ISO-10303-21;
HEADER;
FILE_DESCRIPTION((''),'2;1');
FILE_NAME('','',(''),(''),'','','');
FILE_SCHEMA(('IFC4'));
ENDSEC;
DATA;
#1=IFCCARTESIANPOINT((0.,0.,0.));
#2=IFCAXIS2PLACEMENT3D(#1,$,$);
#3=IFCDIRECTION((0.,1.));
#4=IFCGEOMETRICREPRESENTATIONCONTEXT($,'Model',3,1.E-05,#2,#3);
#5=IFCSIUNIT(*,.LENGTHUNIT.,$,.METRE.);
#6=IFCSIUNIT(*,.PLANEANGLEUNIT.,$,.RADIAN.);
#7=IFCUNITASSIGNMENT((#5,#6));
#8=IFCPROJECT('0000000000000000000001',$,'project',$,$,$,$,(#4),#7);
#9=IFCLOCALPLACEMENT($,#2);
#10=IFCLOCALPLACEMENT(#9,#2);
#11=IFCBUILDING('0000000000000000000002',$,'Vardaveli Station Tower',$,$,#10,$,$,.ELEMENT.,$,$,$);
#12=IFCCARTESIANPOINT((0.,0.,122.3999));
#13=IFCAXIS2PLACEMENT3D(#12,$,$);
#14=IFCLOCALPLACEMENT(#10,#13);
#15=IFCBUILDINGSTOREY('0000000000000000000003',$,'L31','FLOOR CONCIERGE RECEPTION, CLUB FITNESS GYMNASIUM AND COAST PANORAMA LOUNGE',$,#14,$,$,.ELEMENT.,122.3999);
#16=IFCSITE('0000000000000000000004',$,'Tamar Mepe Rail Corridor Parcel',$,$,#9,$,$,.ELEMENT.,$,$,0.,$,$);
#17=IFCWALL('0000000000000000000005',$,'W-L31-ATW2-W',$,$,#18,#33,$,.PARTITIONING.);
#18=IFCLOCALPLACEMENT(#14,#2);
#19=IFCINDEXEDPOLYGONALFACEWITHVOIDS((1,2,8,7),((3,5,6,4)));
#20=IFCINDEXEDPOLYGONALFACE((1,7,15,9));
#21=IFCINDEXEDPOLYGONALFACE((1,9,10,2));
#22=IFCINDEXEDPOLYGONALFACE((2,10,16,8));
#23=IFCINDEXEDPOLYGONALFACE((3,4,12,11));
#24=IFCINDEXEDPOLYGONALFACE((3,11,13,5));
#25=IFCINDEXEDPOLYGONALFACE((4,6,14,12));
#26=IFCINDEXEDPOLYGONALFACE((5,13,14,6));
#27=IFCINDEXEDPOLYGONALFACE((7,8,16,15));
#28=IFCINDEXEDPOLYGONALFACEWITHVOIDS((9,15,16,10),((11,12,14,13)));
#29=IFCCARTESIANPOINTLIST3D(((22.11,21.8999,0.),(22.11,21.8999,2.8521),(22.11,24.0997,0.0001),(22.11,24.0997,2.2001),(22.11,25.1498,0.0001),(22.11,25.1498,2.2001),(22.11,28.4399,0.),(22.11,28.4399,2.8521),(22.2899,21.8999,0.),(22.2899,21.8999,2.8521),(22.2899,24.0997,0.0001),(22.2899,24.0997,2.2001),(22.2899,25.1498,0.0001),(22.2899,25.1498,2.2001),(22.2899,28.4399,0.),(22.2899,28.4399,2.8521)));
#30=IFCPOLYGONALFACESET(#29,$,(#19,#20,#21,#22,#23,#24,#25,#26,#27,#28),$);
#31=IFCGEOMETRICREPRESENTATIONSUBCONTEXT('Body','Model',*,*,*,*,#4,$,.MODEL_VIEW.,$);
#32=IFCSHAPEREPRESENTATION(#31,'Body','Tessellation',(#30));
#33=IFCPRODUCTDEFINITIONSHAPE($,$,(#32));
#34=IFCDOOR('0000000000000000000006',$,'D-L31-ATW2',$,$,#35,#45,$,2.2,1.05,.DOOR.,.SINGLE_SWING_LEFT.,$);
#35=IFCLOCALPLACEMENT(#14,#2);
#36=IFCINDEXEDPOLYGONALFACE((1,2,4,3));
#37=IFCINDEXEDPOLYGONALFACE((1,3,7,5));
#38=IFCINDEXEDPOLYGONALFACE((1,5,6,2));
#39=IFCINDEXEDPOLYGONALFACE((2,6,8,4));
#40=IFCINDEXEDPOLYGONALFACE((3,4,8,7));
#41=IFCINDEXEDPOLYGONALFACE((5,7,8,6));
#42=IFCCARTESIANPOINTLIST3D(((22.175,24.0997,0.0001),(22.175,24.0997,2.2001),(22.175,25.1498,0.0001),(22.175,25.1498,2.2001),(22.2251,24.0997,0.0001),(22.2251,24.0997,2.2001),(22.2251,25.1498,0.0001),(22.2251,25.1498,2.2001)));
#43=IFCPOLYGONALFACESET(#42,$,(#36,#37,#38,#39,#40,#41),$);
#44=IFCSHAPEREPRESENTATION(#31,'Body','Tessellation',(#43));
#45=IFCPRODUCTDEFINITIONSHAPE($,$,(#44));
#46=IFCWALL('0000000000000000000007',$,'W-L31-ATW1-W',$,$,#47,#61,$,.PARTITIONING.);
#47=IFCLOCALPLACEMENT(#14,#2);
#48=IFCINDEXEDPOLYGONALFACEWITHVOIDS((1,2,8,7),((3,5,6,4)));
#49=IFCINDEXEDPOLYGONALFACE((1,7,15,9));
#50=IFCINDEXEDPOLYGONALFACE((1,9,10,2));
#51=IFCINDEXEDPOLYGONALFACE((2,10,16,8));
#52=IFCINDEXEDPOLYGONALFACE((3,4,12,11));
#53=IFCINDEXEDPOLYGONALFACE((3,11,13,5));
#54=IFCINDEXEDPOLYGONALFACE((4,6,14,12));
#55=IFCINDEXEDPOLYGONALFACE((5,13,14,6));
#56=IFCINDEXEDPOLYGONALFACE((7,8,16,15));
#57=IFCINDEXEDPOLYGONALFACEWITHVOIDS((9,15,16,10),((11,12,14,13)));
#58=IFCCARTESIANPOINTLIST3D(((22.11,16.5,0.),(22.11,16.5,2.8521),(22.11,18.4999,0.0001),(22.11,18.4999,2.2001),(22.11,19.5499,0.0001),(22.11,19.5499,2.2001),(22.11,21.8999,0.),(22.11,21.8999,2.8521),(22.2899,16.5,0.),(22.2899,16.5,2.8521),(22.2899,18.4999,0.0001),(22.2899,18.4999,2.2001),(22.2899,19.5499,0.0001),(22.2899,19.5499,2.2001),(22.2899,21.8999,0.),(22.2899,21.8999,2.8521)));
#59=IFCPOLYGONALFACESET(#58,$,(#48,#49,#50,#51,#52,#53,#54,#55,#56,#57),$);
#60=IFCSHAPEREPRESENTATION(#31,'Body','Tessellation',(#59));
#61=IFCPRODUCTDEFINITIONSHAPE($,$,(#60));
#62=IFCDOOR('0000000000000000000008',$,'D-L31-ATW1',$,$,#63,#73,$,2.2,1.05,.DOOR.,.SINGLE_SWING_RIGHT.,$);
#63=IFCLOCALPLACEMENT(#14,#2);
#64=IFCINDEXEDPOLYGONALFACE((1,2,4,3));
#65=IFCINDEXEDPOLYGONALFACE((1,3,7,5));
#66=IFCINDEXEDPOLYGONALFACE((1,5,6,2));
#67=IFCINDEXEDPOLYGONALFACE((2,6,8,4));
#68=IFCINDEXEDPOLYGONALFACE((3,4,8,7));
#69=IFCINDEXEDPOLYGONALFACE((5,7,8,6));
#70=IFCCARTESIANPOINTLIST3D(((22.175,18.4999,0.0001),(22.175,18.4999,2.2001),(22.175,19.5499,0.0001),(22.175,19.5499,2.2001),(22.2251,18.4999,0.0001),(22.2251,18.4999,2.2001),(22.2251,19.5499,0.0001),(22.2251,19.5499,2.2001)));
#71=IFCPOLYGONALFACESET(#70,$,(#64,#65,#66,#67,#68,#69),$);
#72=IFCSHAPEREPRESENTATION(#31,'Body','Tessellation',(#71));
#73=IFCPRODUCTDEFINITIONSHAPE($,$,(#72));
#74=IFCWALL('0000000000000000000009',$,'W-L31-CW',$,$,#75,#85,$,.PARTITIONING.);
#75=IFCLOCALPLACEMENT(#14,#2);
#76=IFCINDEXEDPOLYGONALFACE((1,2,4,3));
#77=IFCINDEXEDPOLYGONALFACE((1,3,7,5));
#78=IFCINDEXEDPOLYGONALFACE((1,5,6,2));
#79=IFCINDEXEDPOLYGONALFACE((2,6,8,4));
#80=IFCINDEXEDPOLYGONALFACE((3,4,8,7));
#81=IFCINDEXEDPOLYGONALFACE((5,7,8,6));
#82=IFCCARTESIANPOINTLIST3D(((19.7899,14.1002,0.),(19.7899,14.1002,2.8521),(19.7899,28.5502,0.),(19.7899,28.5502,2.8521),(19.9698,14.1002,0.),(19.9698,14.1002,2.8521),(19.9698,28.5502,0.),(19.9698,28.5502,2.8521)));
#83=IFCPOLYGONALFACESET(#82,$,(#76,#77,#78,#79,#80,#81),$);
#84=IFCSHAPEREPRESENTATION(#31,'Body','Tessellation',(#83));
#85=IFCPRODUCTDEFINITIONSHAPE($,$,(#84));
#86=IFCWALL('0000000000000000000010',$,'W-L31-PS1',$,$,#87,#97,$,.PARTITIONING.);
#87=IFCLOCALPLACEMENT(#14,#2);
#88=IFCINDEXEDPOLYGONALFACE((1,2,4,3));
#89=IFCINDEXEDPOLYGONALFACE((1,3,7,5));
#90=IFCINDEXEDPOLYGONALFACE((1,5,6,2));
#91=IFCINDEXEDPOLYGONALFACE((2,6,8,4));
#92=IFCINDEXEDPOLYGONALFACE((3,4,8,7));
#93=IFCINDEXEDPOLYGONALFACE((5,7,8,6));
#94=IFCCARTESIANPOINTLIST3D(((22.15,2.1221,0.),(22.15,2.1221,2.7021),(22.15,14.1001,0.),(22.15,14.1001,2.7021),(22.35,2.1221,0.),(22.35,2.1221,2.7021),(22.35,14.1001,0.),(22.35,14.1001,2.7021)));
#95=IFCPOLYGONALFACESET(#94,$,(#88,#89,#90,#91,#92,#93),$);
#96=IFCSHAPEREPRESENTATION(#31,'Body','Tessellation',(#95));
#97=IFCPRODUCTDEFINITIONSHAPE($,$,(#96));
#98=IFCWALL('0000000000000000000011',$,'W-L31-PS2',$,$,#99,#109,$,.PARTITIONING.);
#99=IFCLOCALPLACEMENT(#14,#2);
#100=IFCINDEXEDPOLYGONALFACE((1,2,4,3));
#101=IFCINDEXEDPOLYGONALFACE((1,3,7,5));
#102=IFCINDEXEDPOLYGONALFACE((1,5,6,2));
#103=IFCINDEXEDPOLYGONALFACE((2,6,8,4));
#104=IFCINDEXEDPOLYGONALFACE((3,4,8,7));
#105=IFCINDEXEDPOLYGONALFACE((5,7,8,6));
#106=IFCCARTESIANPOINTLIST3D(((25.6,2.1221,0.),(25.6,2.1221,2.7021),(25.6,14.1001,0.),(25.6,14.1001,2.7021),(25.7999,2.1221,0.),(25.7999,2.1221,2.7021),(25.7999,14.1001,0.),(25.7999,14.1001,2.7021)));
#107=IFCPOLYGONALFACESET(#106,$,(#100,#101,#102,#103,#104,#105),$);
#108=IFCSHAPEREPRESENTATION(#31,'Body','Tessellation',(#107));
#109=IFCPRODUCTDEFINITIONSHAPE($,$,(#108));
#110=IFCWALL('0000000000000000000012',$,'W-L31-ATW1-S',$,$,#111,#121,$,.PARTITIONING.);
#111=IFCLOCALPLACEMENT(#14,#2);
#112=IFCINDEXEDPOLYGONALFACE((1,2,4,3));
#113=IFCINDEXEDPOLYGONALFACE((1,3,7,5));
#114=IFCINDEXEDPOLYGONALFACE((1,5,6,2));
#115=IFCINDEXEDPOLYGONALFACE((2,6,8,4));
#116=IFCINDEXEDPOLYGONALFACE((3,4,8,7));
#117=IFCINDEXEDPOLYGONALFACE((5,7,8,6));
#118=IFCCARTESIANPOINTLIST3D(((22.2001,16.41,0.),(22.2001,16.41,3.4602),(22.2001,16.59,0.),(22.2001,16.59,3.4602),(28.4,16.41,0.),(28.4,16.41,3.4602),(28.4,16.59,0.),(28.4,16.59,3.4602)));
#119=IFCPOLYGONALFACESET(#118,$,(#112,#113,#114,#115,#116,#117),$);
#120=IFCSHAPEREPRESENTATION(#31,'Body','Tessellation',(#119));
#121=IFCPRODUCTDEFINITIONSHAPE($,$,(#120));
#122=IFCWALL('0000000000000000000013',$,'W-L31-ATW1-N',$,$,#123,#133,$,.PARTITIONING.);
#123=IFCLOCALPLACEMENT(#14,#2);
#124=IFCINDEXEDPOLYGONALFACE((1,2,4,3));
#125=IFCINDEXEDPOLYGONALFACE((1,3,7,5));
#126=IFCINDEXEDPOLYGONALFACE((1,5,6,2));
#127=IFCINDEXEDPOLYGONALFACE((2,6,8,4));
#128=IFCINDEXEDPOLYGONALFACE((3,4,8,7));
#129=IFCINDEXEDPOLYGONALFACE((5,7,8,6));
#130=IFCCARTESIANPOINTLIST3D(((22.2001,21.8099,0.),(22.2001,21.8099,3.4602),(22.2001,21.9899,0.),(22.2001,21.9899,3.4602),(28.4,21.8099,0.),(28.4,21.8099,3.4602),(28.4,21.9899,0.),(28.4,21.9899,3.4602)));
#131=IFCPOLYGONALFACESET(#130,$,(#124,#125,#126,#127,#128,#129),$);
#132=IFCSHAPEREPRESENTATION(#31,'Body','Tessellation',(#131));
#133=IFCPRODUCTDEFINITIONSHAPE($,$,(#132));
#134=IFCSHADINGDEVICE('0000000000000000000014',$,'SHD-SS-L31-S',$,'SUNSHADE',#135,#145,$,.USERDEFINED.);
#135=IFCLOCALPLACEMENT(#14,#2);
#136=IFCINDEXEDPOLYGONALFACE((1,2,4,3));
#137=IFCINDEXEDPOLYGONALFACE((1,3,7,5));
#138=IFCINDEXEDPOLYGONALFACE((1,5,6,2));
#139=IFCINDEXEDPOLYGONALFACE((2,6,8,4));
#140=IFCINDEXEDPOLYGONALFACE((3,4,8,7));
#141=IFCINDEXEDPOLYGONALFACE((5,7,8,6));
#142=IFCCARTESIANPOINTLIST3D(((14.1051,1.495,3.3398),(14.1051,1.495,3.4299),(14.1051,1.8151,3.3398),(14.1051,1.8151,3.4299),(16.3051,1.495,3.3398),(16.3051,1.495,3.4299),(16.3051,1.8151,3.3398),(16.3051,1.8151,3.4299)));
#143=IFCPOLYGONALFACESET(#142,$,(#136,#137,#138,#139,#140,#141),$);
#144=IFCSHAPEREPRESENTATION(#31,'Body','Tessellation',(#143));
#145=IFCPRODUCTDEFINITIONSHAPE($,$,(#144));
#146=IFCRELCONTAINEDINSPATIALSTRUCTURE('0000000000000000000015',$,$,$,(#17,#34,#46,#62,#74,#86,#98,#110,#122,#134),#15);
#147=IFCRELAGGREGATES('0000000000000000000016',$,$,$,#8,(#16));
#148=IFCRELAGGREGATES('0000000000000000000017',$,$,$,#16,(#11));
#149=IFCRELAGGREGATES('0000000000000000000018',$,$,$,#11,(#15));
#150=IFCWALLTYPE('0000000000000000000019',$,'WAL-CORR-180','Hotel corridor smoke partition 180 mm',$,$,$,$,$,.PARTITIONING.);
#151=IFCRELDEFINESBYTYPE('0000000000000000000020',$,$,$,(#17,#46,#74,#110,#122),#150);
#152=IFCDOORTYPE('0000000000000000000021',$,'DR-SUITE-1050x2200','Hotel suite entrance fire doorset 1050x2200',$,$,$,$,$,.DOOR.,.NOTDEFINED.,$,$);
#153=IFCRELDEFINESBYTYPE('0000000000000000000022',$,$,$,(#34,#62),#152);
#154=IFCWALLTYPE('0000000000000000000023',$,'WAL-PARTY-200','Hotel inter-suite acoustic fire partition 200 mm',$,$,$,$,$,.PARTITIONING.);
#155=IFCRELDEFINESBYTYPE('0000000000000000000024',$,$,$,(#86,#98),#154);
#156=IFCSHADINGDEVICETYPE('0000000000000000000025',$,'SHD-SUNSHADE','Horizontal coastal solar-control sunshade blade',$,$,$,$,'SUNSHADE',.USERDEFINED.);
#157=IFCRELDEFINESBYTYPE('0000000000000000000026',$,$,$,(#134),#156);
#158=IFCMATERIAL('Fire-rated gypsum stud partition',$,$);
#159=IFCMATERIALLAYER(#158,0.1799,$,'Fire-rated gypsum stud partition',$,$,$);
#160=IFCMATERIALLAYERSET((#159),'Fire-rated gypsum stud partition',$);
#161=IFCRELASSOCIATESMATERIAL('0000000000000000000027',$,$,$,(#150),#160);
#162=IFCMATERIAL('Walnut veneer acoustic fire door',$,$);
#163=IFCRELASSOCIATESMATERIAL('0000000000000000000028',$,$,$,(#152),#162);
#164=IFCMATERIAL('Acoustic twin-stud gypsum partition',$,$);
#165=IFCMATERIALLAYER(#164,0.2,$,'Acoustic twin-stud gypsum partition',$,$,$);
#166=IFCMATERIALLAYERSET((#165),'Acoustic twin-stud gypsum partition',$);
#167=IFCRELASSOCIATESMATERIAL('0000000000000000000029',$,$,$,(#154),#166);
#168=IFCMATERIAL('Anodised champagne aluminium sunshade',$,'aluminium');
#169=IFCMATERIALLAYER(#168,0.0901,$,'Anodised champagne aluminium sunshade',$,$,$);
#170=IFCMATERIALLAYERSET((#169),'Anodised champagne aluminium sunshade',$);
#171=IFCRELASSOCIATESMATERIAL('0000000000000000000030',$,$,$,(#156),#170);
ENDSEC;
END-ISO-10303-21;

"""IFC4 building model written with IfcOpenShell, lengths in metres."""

from ifc_helpers import new_model, si_unit, direction, frame, frame_2d, origin, origin_2d, place, context, subcontext, project, spatial, rectangle, extrude, source, transform, mapped, material, layer, layer_set, type_object, element, fill, save


model = new_model("IFC4")

# Units and contexts
model_context = context("Model", 3, precision=1e-05, world=origin(), true_north=direction((0.0, 1.0)))
body_context = subcontext(model_context, "Body", "Model", "MODEL_VIEW")
ifc_project = project(units=[si_unit("LENGTHUNIT", "METRE"), si_unit("PLANEANGLEUNIT", "RADIAN")], contexts=[model_context])

# Site, building, storey
site_placement = place(None, origin())
site = spatial("IfcSite", under=ifc_project, at=site_placement, Name="Tamar Mepe Rail Corridor Parcel", CompositionType="ELEMENT", RefElevation=0.0)
building_placement = place(site_placement, origin())
building = spatial("IfcBuilding", under=site, at=building_placement, Name="Vardaveli Station Tower", CompositionType="ELEMENT")
storey_placement = place(building_placement, frame((0.0, 0.0, 122.3999)))
storey = spatial("IfcBuildingStorey", under=building, at=storey_placement, Name="L31", Description="FLOOR CONCIERGE RECEPTION, CLUB FITNESS GYMNASIUM AND COAST PANORAMA LOUNGE", CompositionType="ELEMENT", Elevation=122.3999)

# Walls, openings, doors
ifc_material_1 = material(Name="Fire-rated gypsum stud partition")
ifc_layer_1 = layer(ifc_material_1, 0.1799, Name="Fire-rated gypsum stud partition")
ifc_layer_set_1 = layer_set([ifc_layer_1], Name="Fire-rated gypsum stud partition")
wall_type_1 = type_object("IfcWallType", Name="WAL-CORR-180", Description="Hotel corridor smoke partition 180 mm", PredefinedType="PARTITIONING", material=ifc_layer_set_1)
shared_shape_1 = source(origin(), body_context, "Body", "SweptSolid", [
    extrude(rectangle(XDim=6.54, YDim=0.1799, at=frame_2d((3.27, 0.0))), origin(), (0.0, 0.0, 1.0), 2.8521),
])
wall_1_placement = place(storey_placement, frame((22.2, 21.8999, 0.0), z_axis=(0.0, 0.0, 1.0), x_axis=(0.0, 1.0, 0.0)))
wall_1 = element("IfcWall", 1, at=wall_1_placement, inside=storey, type_object=wall_type_1, Name="W-L31-ATW2-W", PredefinedType="PARTITIONING", context=body_context, shape_type="MappedRepresentation", body=[
    mapped(shared_shape_1, transform((0.0, 0.0, 0.0), scale=1.0)),
])
shared_shape_2 = source(origin(), body_context, "Body", "SweptSolid", [
    extrude(rectangle(XDim=1.05, YDim=2.2, at=frame_2d((0.5249, 1.1001))), frame((0.0, 0.1001, 0.0), z_axis=(0.0, -1.0, 0.0), x_axis=(1.0, 0.0, 0.0)), (0.0, 0.0, 1.0), 0.2),
])
opening_1_placement = place(wall_1_placement, frame((2.2, 0.0, 0.0)))
opening_1 = element("IfcOpeningElement", 2, at=opening_1_placement, cuts=wall_1, PredefinedType="OPENING", context=body_context, shape_type="MappedRepresentation", body=[
    mapped(shared_shape_2, transform((0.0, 0.0, 0.0), scale=1.0)),
])
ifc_material_2 = material(Name="Walnut veneer acoustic fire door")
door_type = type_object("IfcDoorType", Name="DR-SUITE-1050x2200", Description="Hotel suite entrance fire doorset 1050x2200", OperationType="NOTDEFINED", PredefinedType="DOOR", material=ifc_material_2)
shared_shape_3 = source(origin(), body_context, "Body", "SweptSolid", [
    extrude(rectangle(XDim=1.05, YDim=2.2, at=frame_2d((0.5249, 1.1001))), frame((0.0, 0.0249, 0.0), z_axis=(0.0, -1.0, 0.0), x_axis=(1.0, 0.0, 0.0)), (0.0, 0.0, 1.0), 0.05),
])
door_1_placement = place(opening_1_placement, origin())
door_1 = element("IfcDoor", 3, at=door_1_placement, inside=storey, type_object=door_type, Name="D-L31-ATW2", OperationType="SINGLE_SWING_LEFT", OverallHeight=2.2, OverallWidth=1.05, PredefinedType="DOOR", context=body_context, shape_type="MappedRepresentation", body=[
    mapped(shared_shape_3, transform((0.0, 0.0, 0.0), scale=1.0)),
])
fill(opening_1, door_1)
shared_shape_4 = source(origin(), body_context, "Body", "SweptSolid", [
    extrude(rectangle(XDim=5.3999, YDim=0.1799, at=frame_2d((2.7, 0.0))), origin(), (0.0, 0.0, 1.0), 2.8521),
])
wall_2_placement = place(storey_placement, frame((22.2, 16.5, 0.0), z_axis=(0.0, 0.0, 1.0), x_axis=(0.0, 1.0, 0.0)))
wall_2 = element("IfcWall", 4, at=wall_2_placement, inside=storey, type_object=wall_type_1, Name="W-L31-ATW1-W", PredefinedType="PARTITIONING", context=body_context, shape_type="MappedRepresentation", body=[
    mapped(shared_shape_4, transform((0.0, 0.0, 0.0), scale=1.0)),
])
opening_2_placement = place(wall_2_placement, frame((2.0, 0.0, 0.0)))
opening_2 = element("IfcOpeningElement", 5, at=opening_2_placement, cuts=wall_2, PredefinedType="OPENING", context=body_context, shape_type="MappedRepresentation", body=[
    mapped(shared_shape_2, transform((0.0, 0.0, 0.0), scale=1.0)),
])
door_2_placement = place(opening_2_placement, origin())
door_2 = element("IfcDoor", 6, at=door_2_placement, inside=storey, type_object=door_type, Name="D-L31-ATW1", OperationType="SINGLE_SWING_RIGHT", OverallHeight=2.2, OverallWidth=1.05, PredefinedType="DOOR", context=body_context, shape_type="MappedRepresentation", body=[
    mapped(shared_shape_3, transform((0.0, 0.0, 0.0), scale=1.0)),
])
fill(opening_2, door_2)

# Walls
shared_shape_5 = source(origin(), body_context, "Body", "SweptSolid", [
    extrude(rectangle(XDim=14.45, YDim=0.1799, at=frame_2d((7.2251, 0.0))), origin(), (0.0, 0.0, 1.0), 2.8521),
])
wall_3_placement = place(storey_placement, frame((19.8799, 14.1001, 0.0), z_axis=(0.0, 0.0, 1.0), x_axis=(0.0, 1.0, 0.0)))
element("IfcWall", 7, at=wall_3_placement, inside=storey, type_object=wall_type_1, Name="W-L31-CW", PredefinedType="PARTITIONING", context=body_context, shape_type="MappedRepresentation", body=[
    mapped(shared_shape_5, transform((0.0, 0.0, 0.0), scale=1.0)),
])
ifc_material_3 = material(Name="Acoustic twin-stud gypsum partition")
ifc_layer_2 = layer(ifc_material_3, 0.2, Name="Acoustic twin-stud gypsum partition")
ifc_layer_set_2 = layer_set([ifc_layer_2], Name="Acoustic twin-stud gypsum partition")
wall_type_2 = type_object("IfcWallType", Name="WAL-PARTY-200", Description="Hotel inter-suite acoustic fire partition 200 mm", PredefinedType="PARTITIONING", material=ifc_layer_set_2)
shared_shape_6 = source(origin(), body_context, "Body", "SweptSolid", [
    extrude(rectangle(XDim=11.978, YDim=0.2, at=frame_2d((5.989, 0.0))), origin(), (0.0, 0.0, 1.0), 2.7021),
])
for number, where, z_axis, x_axis, name in (
    (8, (22.25, 2.1221, 0.0), (0.0, 0.0, 1.0), (0.0, 1.0, 0.0), "W-L31-PS1"),
    (9, (25.7, 2.1221, 0.0), (0.0, 0.0, 1.0), (0.0, 1.0, 0.0), "W-L31-PS2"),
):
    element("IfcWall", number, at=place(storey_placement, frame(where, z_axis=z_axis, x_axis=x_axis)), inside=storey, type_object=wall_type_2, Name=name, PredefinedType="PARTITIONING", context=body_context, shape_type="MappedRepresentation", body=[
        mapped(shared_shape_6, transform((0.0, 0.0, 0.0), scale=1.0)),
    ])
shared_shape_7 = source(origin(), body_context, "Body", "SweptSolid", [
    extrude(rectangle(XDim=6.2, YDim=0.1799, at=frame_2d((3.1001, 0.0))), origin(), (0.0, 0.0, 1.0), 3.4602),
])
for number, where, z_axis, x_axis, name in (
    (10, (22.2, 16.5, 0.0), (0.0, 0.0, 1.0), (1.0, 0.0, 0.0), "W-L31-ATW1-S"),
    (11, (22.2, 21.8999, 0.0), (0.0, 0.0, 1.0), (1.0, 0.0, 0.0), "W-L31-ATW1-N"),
):
    element("IfcWall", number, at=place(storey_placement, frame(where, z_axis=z_axis, x_axis=x_axis)), inside=storey, type_object=wall_type_1, Name=name, PredefinedType="PARTITIONING", context=body_context, shape_type="MappedRepresentation", body=[
        mapped(shared_shape_7, transform((0.0, 0.0, 0.0), scale=1.0)),
    ])

# Shading device
ifc_material_4 = material(Name="Anodised champagne aluminium sunshade", Category="aluminium")
ifc_layer_3 = layer(ifc_material_4, 0.0901, Name="Anodised champagne aluminium sunshade")
ifc_layer_set_3 = layer_set([ifc_layer_3], Name="Anodised champagne aluminium sunshade")
shading_device_type = type_object("IfcShadingDeviceType", Name="SHD-SUNSHADE", Description="Horizontal coastal solar-control sunshade blade", ElementType="SUNSHADE", PredefinedType="USERDEFINED", material=ifc_layer_set_3)
shared_shape_8 = source(origin(), body_context, "Body", "SweptSolid", [
    extrude(rectangle(XDim=2.2, YDim=0.3201, at=origin_2d()), origin(), (0.0, 0.0, 1.0), 0.0901),
])
shading_device_placement = place(storey_placement, frame((15.2051, 1.655, 3.3398), z_axis=(0.0, 0.0, 1.0), x_axis=(1.0, 0.0, 0.0)))
element("IfcShadingDevice", 12, at=shading_device_placement, inside=storey, type_object=shading_device_type, Name="SHD-SS-L31-S", ObjectType="SUNSHADE", PredefinedType="USERDEFINED", context=body_context, shape_type="MappedRepresentation", body=[
    mapped(shared_shape_8, transform((0.0, 0.0, 0.0), scale=1.0)),
])

save(model, "model.ifc")
